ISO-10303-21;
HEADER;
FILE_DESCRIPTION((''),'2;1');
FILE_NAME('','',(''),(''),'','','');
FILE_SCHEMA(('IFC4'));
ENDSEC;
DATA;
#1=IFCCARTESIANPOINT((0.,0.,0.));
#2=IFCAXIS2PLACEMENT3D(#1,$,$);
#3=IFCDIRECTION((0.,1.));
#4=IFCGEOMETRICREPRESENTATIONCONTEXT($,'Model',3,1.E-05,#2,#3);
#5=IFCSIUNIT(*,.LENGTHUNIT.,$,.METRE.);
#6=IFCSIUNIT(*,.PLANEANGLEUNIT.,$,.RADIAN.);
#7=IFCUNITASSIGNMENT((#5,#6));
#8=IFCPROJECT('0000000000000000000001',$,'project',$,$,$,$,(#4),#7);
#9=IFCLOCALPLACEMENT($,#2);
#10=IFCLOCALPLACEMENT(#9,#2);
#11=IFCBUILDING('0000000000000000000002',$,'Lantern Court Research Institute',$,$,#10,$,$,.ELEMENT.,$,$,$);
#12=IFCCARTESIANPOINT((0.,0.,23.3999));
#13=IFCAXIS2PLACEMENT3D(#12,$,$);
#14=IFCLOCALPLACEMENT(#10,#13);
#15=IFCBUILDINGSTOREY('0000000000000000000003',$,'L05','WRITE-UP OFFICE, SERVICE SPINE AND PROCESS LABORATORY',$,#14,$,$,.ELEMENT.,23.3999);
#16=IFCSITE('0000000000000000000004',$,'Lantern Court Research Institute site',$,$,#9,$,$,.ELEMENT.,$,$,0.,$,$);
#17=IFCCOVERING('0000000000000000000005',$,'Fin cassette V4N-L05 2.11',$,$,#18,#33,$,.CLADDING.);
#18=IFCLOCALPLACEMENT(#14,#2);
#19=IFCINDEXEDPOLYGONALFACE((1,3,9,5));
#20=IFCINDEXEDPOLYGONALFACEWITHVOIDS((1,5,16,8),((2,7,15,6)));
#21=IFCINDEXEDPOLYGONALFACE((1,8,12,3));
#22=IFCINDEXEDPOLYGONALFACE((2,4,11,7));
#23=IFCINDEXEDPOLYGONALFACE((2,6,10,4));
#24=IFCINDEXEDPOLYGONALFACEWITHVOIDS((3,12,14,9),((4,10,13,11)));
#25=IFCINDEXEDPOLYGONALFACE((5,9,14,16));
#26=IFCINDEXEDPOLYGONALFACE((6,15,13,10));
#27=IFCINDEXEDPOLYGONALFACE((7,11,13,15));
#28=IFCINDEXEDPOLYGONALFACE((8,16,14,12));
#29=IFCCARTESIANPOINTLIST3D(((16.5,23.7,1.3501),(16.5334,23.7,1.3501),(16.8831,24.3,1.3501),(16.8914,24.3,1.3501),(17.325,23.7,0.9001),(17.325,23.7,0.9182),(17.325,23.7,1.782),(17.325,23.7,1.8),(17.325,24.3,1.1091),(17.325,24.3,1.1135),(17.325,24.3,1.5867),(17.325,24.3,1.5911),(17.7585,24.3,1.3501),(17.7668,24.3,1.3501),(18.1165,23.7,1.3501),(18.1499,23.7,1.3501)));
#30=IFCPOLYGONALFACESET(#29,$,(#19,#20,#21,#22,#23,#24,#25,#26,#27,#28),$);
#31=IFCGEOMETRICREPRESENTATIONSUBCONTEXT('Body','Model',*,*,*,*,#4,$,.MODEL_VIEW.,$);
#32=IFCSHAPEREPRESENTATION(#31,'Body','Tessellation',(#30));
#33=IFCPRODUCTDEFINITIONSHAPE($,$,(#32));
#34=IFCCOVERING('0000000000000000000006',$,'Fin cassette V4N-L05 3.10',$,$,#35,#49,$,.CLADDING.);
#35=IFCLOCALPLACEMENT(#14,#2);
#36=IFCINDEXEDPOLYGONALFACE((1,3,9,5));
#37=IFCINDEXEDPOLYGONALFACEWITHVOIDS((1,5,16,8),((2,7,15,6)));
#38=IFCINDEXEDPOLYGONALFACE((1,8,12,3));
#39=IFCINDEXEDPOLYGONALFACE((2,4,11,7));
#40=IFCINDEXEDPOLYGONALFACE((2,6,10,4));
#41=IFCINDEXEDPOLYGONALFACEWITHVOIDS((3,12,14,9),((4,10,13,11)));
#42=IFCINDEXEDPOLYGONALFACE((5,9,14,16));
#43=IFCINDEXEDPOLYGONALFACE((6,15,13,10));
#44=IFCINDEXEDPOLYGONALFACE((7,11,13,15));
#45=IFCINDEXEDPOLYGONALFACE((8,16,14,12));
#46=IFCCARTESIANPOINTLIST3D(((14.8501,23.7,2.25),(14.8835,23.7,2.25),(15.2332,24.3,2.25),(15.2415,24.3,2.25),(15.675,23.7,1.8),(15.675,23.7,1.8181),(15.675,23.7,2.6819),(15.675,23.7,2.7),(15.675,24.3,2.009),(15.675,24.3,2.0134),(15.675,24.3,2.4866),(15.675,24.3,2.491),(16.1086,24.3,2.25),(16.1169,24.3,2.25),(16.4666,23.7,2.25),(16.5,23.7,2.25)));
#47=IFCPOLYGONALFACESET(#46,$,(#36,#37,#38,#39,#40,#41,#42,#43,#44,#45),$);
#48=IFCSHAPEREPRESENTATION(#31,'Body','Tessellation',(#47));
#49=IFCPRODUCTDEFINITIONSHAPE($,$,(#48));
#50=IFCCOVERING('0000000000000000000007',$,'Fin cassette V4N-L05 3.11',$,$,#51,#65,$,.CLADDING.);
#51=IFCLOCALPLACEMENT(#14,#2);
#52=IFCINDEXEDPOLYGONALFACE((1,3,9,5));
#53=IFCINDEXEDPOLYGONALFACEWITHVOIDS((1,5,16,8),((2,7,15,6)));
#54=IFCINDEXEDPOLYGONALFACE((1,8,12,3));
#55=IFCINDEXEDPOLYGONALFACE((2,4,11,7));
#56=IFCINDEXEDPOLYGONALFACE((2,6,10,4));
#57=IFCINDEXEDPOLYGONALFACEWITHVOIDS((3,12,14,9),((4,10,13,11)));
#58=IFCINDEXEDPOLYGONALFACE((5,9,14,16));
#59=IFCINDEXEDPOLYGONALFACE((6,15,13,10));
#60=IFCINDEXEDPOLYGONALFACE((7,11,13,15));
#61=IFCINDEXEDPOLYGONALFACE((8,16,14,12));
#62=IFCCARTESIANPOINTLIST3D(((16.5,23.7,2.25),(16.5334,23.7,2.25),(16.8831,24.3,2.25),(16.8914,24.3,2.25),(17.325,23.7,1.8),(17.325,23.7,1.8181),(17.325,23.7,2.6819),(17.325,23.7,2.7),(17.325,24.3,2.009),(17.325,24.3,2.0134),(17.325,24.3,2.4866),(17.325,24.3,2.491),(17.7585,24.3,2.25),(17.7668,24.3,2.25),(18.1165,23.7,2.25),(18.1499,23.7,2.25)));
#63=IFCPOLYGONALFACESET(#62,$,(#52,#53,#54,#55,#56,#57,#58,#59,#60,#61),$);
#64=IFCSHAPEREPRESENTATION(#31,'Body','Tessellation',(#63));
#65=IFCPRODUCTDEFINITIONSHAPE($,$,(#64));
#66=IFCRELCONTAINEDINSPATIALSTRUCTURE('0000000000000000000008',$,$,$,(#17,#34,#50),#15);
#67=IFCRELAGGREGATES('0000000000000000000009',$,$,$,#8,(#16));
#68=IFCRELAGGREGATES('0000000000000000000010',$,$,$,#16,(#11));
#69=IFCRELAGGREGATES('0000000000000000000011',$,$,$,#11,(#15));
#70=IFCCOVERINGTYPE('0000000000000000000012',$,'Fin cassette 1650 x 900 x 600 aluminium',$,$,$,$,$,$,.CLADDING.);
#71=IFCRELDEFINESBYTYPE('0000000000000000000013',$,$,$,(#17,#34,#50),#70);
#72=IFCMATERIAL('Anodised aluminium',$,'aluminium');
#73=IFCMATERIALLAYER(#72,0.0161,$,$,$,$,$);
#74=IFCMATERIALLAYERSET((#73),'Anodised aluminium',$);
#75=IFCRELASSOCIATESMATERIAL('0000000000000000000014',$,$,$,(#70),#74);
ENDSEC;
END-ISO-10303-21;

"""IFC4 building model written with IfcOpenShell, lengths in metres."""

from ifc_helpers import new_model, entity, si_unit, direction, frame, origin, place, context, subcontext, project, spatial, material, layer, layer_set, type_object, element, save


model = new_model("IFC4")

# Units and contexts
model_context = context("Model", 3, precision=1e-05, world=origin(), true_north=direction((0.0, 1.0)))
body_context = subcontext(model_context, "Body", "Model", "MODEL_VIEW")
ifc_project = project(units=[si_unit("LENGTHUNIT", "METRE"), si_unit("PLANEANGLEUNIT", "RADIAN")], contexts=[model_context])

# Site, building, storey
site_placement = place(None, origin())
site = spatial("IfcSite", under=ifc_project, at=site_placement, Name="Lantern Court Research Institute site", CompositionType="ELEMENT", RefElevation=0.0)
building_placement = place(site_placement, origin())
building = spatial("IfcBuilding", under=site, at=building_placement, Name="Lantern Court Research Institute", CompositionType="ELEMENT")
storey_placement = place(building_placement, frame((0.0, 0.0, 23.3999)))
storey = spatial("IfcBuildingStorey", under=building, at=storey_placement, Name="L05", Description="WRITE-UP OFFICE, SERVICE SPINE AND PROCESS LABORATORY", CompositionType="ELEMENT", Elevation=23.3999)

# Coverings
ifc_material_1 = material(Name="Anodised aluminium", Category="aluminium")
ifc_layer_1 = layer(ifc_material_1, 0.0161)
ifc_layer_set_1 = layer_set([ifc_layer_1], Name="Anodised aluminium")
covering_type = type_object("IfcCoveringType", Name="Fin cassette 1650 x 900 x 600 aluminium", PredefinedType="CLADDING", material=ifc_layer_set_1)
covering_1_placement = place(storey_placement, frame((17.325, 23.7, 1.3501), z_axis=(0.0, 1.0, 0.0), x_axis=(-1.0, 0.0, 0.0)))
cartesian_point_1 = entity("IfcCartesianPoint", [0.825, 0.0])
cartesian_point_2 = entity("IfcCartesianPoint", [0.7915, 0.0])
cartesian_point_3 = entity("IfcCartesianPoint", [0.4419, 0.0])
cartesian_point_4 = entity("IfcCartesianPoint", [0.4336, 0.0])
element("IfcCovering", 1, at=covering_1_placement, inside=storey, type_object=covering_type, Name="Fin cassette V4N-L05 2.11", PredefinedType="CLADDING", context=body_context, shape_type="SweptSolid", body=[
    entity("IfcExtrudedAreaSolidTapered", entity("IfcArbitraryProfileDefWithVoids", "AREA", None, entity("IfcPolyline", [cartesian_point_1, entity("IfcCartesianPoint", [0.0, 0.45]), entity("IfcCartesianPoint", [-0.825, 0.0]), entity("IfcCartesianPoint", [0.0, -0.45]), cartesian_point_1]), [entity("IfcPolyline", [cartesian_point_2, entity("IfcCartesianPoint", [0.0, 0.4319]), entity("IfcCartesianPoint", [-0.7915, 0.0]), entity("IfcCartesianPoint", [0.0, -0.4319]), cartesian_point_2])]), entity("IfcAxis2Placement3D", entity("IfcCartesianPoint", [0.0, 0.0, 0.0])), entity("IfcDirection", [0.0, 0.0, 1.0]), 0.6001, entity("IfcArbitraryProfileDefWithVoids", "AREA", None, entity("IfcPolyline", [cartesian_point_3, entity("IfcCartesianPoint", [0.0, 0.241]), entity("IfcCartesianPoint", [-0.4419, 0.0]), entity("IfcCartesianPoint", [0.0, -0.241]), cartesian_point_3]), [entity("IfcPolyline", [cartesian_point_4, entity("IfcCartesianPoint", [0.0, 0.2366]), entity("IfcCartesianPoint", [-0.4336, 0.0]), entity("IfcCartesianPoint", [0.0, -0.2366]), cartesian_point_4])])),
])
covering_2_placement = place(storey_placement, frame((15.675, 23.7, 2.25), z_axis=(0.0, 1.0, 0.0), x_axis=(-1.0, 0.0, 0.0)))
cartesian_point_5 = entity("IfcCartesianPoint", [0.825, 0.0])
cartesian_point_6 = entity("IfcCartesianPoint", [0.7915, 0.0])
cartesian_point_7 = entity("IfcCartesianPoint", [0.4419, 0.0])
cartesian_point_8 = entity("IfcCartesianPoint", [0.4336, 0.0])
element("IfcCovering", 2, at=covering_2_placement, inside=storey, type_object=covering_type, Name="Fin cassette V4N-L05 3.10", PredefinedType="CLADDING", context=body_context, shape_type="SweptSolid", body=[
    entity("IfcExtrudedAreaSolidTapered", entity("IfcArbitraryProfileDefWithVoids", "AREA", None, entity("IfcPolyline", [cartesian_point_5, entity("IfcCartesianPoint", [0.0, 0.45]), entity("IfcCartesianPoint", [-0.825, 0.0]), entity("IfcCartesianPoint", [0.0, -0.45]), cartesian_point_5]), [entity("IfcPolyline", [cartesian_point_6, entity("IfcCartesianPoint", [0.0, 0.4319]), entity("IfcCartesianPoint", [-0.7915, 0.0]), entity("IfcCartesianPoint", [0.0, -0.4319]), cartesian_point_6])]), entity("IfcAxis2Placement3D", entity("IfcCartesianPoint", [0.0, 0.0, 0.0])), entity("IfcDirection", [0.0, 0.0, 1.0]), 0.6001, entity("IfcArbitraryProfileDefWithVoids", "AREA", None, entity("IfcPolyline", [cartesian_point_7, entity("IfcCartesianPoint", [0.0, 0.241]), entity("IfcCartesianPoint", [-0.4419, 0.0]), entity("IfcCartesianPoint", [0.0, -0.241]), cartesian_point_7]), [entity("IfcPolyline", [cartesian_point_8, entity("IfcCartesianPoint", [0.0, 0.2366]), entity("IfcCartesianPoint", [-0.4336, 0.0]), entity("IfcCartesianPoint", [0.0, -0.2366]), cartesian_point_8])])),
])
covering_3_placement = place(storey_placement, frame((17.325, 23.7, 2.25), z_axis=(0.0, 1.0, 0.0), x_axis=(-1.0, 0.0, 0.0)))
cartesian_point_9 = entity("IfcCartesianPoint", [0.825, 0.0])
cartesian_point_10 = entity("IfcCartesianPoint", [0.7915, 0.0])
cartesian_point_11 = entity("IfcCartesianPoint", [0.4419, 0.0])
cartesian_point_12 = entity("IfcCartesianPoint", [0.4336, 0.0])
element("IfcCovering", 3, at=covering_3_placement, inside=storey, type_object=covering_type, Name="Fin cassette V4N-L05 3.11", PredefinedType="CLADDING", context=body_context, shape_type="SweptSolid", body=[
    entity("IfcExtrudedAreaSolidTapered", entity("IfcArbitraryProfileDefWithVoids", "AREA", None, entity("IfcPolyline", [cartesian_point_9, entity("IfcCartesianPoint", [0.0, 0.45]), entity("IfcCartesianPoint", [-0.825, 0.0]), entity("IfcCartesianPoint", [0.0, -0.45]), cartesian_point_9]), [entity("IfcPolyline", [cartesian_point_10, entity("IfcCartesianPoint", [0.0, 0.4319]), entity("IfcCartesianPoint", [-0.7915, 0.0]), entity("IfcCartesianPoint", [0.0, -0.4319]), cartesian_point_10])]), entity("IfcAxis2Placement3D", entity("IfcCartesianPoint", [0.0, 0.0, 0.0])), entity("IfcDirection", [0.0, 0.0, 1.0]), 0.6001, entity("IfcArbitraryProfileDefWithVoids", "AREA", None, entity("IfcPolyline", [cartesian_point_11, entity("IfcCartesianPoint", [0.0, 0.241]), entity("IfcCartesianPoint", [-0.4419, 0.0]), entity("IfcCartesianPoint", [0.0, -0.241]), cartesian_point_11]), [entity("IfcPolyline", [cartesian_point_12, entity("IfcCartesianPoint", [0.0, 0.2366]), entity("IfcCartesianPoint", [-0.4336, 0.0]), entity("IfcCartesianPoint", [0.0, -0.2366]), cartesian_point_12])])),
])

save(model, "model.ifc")
